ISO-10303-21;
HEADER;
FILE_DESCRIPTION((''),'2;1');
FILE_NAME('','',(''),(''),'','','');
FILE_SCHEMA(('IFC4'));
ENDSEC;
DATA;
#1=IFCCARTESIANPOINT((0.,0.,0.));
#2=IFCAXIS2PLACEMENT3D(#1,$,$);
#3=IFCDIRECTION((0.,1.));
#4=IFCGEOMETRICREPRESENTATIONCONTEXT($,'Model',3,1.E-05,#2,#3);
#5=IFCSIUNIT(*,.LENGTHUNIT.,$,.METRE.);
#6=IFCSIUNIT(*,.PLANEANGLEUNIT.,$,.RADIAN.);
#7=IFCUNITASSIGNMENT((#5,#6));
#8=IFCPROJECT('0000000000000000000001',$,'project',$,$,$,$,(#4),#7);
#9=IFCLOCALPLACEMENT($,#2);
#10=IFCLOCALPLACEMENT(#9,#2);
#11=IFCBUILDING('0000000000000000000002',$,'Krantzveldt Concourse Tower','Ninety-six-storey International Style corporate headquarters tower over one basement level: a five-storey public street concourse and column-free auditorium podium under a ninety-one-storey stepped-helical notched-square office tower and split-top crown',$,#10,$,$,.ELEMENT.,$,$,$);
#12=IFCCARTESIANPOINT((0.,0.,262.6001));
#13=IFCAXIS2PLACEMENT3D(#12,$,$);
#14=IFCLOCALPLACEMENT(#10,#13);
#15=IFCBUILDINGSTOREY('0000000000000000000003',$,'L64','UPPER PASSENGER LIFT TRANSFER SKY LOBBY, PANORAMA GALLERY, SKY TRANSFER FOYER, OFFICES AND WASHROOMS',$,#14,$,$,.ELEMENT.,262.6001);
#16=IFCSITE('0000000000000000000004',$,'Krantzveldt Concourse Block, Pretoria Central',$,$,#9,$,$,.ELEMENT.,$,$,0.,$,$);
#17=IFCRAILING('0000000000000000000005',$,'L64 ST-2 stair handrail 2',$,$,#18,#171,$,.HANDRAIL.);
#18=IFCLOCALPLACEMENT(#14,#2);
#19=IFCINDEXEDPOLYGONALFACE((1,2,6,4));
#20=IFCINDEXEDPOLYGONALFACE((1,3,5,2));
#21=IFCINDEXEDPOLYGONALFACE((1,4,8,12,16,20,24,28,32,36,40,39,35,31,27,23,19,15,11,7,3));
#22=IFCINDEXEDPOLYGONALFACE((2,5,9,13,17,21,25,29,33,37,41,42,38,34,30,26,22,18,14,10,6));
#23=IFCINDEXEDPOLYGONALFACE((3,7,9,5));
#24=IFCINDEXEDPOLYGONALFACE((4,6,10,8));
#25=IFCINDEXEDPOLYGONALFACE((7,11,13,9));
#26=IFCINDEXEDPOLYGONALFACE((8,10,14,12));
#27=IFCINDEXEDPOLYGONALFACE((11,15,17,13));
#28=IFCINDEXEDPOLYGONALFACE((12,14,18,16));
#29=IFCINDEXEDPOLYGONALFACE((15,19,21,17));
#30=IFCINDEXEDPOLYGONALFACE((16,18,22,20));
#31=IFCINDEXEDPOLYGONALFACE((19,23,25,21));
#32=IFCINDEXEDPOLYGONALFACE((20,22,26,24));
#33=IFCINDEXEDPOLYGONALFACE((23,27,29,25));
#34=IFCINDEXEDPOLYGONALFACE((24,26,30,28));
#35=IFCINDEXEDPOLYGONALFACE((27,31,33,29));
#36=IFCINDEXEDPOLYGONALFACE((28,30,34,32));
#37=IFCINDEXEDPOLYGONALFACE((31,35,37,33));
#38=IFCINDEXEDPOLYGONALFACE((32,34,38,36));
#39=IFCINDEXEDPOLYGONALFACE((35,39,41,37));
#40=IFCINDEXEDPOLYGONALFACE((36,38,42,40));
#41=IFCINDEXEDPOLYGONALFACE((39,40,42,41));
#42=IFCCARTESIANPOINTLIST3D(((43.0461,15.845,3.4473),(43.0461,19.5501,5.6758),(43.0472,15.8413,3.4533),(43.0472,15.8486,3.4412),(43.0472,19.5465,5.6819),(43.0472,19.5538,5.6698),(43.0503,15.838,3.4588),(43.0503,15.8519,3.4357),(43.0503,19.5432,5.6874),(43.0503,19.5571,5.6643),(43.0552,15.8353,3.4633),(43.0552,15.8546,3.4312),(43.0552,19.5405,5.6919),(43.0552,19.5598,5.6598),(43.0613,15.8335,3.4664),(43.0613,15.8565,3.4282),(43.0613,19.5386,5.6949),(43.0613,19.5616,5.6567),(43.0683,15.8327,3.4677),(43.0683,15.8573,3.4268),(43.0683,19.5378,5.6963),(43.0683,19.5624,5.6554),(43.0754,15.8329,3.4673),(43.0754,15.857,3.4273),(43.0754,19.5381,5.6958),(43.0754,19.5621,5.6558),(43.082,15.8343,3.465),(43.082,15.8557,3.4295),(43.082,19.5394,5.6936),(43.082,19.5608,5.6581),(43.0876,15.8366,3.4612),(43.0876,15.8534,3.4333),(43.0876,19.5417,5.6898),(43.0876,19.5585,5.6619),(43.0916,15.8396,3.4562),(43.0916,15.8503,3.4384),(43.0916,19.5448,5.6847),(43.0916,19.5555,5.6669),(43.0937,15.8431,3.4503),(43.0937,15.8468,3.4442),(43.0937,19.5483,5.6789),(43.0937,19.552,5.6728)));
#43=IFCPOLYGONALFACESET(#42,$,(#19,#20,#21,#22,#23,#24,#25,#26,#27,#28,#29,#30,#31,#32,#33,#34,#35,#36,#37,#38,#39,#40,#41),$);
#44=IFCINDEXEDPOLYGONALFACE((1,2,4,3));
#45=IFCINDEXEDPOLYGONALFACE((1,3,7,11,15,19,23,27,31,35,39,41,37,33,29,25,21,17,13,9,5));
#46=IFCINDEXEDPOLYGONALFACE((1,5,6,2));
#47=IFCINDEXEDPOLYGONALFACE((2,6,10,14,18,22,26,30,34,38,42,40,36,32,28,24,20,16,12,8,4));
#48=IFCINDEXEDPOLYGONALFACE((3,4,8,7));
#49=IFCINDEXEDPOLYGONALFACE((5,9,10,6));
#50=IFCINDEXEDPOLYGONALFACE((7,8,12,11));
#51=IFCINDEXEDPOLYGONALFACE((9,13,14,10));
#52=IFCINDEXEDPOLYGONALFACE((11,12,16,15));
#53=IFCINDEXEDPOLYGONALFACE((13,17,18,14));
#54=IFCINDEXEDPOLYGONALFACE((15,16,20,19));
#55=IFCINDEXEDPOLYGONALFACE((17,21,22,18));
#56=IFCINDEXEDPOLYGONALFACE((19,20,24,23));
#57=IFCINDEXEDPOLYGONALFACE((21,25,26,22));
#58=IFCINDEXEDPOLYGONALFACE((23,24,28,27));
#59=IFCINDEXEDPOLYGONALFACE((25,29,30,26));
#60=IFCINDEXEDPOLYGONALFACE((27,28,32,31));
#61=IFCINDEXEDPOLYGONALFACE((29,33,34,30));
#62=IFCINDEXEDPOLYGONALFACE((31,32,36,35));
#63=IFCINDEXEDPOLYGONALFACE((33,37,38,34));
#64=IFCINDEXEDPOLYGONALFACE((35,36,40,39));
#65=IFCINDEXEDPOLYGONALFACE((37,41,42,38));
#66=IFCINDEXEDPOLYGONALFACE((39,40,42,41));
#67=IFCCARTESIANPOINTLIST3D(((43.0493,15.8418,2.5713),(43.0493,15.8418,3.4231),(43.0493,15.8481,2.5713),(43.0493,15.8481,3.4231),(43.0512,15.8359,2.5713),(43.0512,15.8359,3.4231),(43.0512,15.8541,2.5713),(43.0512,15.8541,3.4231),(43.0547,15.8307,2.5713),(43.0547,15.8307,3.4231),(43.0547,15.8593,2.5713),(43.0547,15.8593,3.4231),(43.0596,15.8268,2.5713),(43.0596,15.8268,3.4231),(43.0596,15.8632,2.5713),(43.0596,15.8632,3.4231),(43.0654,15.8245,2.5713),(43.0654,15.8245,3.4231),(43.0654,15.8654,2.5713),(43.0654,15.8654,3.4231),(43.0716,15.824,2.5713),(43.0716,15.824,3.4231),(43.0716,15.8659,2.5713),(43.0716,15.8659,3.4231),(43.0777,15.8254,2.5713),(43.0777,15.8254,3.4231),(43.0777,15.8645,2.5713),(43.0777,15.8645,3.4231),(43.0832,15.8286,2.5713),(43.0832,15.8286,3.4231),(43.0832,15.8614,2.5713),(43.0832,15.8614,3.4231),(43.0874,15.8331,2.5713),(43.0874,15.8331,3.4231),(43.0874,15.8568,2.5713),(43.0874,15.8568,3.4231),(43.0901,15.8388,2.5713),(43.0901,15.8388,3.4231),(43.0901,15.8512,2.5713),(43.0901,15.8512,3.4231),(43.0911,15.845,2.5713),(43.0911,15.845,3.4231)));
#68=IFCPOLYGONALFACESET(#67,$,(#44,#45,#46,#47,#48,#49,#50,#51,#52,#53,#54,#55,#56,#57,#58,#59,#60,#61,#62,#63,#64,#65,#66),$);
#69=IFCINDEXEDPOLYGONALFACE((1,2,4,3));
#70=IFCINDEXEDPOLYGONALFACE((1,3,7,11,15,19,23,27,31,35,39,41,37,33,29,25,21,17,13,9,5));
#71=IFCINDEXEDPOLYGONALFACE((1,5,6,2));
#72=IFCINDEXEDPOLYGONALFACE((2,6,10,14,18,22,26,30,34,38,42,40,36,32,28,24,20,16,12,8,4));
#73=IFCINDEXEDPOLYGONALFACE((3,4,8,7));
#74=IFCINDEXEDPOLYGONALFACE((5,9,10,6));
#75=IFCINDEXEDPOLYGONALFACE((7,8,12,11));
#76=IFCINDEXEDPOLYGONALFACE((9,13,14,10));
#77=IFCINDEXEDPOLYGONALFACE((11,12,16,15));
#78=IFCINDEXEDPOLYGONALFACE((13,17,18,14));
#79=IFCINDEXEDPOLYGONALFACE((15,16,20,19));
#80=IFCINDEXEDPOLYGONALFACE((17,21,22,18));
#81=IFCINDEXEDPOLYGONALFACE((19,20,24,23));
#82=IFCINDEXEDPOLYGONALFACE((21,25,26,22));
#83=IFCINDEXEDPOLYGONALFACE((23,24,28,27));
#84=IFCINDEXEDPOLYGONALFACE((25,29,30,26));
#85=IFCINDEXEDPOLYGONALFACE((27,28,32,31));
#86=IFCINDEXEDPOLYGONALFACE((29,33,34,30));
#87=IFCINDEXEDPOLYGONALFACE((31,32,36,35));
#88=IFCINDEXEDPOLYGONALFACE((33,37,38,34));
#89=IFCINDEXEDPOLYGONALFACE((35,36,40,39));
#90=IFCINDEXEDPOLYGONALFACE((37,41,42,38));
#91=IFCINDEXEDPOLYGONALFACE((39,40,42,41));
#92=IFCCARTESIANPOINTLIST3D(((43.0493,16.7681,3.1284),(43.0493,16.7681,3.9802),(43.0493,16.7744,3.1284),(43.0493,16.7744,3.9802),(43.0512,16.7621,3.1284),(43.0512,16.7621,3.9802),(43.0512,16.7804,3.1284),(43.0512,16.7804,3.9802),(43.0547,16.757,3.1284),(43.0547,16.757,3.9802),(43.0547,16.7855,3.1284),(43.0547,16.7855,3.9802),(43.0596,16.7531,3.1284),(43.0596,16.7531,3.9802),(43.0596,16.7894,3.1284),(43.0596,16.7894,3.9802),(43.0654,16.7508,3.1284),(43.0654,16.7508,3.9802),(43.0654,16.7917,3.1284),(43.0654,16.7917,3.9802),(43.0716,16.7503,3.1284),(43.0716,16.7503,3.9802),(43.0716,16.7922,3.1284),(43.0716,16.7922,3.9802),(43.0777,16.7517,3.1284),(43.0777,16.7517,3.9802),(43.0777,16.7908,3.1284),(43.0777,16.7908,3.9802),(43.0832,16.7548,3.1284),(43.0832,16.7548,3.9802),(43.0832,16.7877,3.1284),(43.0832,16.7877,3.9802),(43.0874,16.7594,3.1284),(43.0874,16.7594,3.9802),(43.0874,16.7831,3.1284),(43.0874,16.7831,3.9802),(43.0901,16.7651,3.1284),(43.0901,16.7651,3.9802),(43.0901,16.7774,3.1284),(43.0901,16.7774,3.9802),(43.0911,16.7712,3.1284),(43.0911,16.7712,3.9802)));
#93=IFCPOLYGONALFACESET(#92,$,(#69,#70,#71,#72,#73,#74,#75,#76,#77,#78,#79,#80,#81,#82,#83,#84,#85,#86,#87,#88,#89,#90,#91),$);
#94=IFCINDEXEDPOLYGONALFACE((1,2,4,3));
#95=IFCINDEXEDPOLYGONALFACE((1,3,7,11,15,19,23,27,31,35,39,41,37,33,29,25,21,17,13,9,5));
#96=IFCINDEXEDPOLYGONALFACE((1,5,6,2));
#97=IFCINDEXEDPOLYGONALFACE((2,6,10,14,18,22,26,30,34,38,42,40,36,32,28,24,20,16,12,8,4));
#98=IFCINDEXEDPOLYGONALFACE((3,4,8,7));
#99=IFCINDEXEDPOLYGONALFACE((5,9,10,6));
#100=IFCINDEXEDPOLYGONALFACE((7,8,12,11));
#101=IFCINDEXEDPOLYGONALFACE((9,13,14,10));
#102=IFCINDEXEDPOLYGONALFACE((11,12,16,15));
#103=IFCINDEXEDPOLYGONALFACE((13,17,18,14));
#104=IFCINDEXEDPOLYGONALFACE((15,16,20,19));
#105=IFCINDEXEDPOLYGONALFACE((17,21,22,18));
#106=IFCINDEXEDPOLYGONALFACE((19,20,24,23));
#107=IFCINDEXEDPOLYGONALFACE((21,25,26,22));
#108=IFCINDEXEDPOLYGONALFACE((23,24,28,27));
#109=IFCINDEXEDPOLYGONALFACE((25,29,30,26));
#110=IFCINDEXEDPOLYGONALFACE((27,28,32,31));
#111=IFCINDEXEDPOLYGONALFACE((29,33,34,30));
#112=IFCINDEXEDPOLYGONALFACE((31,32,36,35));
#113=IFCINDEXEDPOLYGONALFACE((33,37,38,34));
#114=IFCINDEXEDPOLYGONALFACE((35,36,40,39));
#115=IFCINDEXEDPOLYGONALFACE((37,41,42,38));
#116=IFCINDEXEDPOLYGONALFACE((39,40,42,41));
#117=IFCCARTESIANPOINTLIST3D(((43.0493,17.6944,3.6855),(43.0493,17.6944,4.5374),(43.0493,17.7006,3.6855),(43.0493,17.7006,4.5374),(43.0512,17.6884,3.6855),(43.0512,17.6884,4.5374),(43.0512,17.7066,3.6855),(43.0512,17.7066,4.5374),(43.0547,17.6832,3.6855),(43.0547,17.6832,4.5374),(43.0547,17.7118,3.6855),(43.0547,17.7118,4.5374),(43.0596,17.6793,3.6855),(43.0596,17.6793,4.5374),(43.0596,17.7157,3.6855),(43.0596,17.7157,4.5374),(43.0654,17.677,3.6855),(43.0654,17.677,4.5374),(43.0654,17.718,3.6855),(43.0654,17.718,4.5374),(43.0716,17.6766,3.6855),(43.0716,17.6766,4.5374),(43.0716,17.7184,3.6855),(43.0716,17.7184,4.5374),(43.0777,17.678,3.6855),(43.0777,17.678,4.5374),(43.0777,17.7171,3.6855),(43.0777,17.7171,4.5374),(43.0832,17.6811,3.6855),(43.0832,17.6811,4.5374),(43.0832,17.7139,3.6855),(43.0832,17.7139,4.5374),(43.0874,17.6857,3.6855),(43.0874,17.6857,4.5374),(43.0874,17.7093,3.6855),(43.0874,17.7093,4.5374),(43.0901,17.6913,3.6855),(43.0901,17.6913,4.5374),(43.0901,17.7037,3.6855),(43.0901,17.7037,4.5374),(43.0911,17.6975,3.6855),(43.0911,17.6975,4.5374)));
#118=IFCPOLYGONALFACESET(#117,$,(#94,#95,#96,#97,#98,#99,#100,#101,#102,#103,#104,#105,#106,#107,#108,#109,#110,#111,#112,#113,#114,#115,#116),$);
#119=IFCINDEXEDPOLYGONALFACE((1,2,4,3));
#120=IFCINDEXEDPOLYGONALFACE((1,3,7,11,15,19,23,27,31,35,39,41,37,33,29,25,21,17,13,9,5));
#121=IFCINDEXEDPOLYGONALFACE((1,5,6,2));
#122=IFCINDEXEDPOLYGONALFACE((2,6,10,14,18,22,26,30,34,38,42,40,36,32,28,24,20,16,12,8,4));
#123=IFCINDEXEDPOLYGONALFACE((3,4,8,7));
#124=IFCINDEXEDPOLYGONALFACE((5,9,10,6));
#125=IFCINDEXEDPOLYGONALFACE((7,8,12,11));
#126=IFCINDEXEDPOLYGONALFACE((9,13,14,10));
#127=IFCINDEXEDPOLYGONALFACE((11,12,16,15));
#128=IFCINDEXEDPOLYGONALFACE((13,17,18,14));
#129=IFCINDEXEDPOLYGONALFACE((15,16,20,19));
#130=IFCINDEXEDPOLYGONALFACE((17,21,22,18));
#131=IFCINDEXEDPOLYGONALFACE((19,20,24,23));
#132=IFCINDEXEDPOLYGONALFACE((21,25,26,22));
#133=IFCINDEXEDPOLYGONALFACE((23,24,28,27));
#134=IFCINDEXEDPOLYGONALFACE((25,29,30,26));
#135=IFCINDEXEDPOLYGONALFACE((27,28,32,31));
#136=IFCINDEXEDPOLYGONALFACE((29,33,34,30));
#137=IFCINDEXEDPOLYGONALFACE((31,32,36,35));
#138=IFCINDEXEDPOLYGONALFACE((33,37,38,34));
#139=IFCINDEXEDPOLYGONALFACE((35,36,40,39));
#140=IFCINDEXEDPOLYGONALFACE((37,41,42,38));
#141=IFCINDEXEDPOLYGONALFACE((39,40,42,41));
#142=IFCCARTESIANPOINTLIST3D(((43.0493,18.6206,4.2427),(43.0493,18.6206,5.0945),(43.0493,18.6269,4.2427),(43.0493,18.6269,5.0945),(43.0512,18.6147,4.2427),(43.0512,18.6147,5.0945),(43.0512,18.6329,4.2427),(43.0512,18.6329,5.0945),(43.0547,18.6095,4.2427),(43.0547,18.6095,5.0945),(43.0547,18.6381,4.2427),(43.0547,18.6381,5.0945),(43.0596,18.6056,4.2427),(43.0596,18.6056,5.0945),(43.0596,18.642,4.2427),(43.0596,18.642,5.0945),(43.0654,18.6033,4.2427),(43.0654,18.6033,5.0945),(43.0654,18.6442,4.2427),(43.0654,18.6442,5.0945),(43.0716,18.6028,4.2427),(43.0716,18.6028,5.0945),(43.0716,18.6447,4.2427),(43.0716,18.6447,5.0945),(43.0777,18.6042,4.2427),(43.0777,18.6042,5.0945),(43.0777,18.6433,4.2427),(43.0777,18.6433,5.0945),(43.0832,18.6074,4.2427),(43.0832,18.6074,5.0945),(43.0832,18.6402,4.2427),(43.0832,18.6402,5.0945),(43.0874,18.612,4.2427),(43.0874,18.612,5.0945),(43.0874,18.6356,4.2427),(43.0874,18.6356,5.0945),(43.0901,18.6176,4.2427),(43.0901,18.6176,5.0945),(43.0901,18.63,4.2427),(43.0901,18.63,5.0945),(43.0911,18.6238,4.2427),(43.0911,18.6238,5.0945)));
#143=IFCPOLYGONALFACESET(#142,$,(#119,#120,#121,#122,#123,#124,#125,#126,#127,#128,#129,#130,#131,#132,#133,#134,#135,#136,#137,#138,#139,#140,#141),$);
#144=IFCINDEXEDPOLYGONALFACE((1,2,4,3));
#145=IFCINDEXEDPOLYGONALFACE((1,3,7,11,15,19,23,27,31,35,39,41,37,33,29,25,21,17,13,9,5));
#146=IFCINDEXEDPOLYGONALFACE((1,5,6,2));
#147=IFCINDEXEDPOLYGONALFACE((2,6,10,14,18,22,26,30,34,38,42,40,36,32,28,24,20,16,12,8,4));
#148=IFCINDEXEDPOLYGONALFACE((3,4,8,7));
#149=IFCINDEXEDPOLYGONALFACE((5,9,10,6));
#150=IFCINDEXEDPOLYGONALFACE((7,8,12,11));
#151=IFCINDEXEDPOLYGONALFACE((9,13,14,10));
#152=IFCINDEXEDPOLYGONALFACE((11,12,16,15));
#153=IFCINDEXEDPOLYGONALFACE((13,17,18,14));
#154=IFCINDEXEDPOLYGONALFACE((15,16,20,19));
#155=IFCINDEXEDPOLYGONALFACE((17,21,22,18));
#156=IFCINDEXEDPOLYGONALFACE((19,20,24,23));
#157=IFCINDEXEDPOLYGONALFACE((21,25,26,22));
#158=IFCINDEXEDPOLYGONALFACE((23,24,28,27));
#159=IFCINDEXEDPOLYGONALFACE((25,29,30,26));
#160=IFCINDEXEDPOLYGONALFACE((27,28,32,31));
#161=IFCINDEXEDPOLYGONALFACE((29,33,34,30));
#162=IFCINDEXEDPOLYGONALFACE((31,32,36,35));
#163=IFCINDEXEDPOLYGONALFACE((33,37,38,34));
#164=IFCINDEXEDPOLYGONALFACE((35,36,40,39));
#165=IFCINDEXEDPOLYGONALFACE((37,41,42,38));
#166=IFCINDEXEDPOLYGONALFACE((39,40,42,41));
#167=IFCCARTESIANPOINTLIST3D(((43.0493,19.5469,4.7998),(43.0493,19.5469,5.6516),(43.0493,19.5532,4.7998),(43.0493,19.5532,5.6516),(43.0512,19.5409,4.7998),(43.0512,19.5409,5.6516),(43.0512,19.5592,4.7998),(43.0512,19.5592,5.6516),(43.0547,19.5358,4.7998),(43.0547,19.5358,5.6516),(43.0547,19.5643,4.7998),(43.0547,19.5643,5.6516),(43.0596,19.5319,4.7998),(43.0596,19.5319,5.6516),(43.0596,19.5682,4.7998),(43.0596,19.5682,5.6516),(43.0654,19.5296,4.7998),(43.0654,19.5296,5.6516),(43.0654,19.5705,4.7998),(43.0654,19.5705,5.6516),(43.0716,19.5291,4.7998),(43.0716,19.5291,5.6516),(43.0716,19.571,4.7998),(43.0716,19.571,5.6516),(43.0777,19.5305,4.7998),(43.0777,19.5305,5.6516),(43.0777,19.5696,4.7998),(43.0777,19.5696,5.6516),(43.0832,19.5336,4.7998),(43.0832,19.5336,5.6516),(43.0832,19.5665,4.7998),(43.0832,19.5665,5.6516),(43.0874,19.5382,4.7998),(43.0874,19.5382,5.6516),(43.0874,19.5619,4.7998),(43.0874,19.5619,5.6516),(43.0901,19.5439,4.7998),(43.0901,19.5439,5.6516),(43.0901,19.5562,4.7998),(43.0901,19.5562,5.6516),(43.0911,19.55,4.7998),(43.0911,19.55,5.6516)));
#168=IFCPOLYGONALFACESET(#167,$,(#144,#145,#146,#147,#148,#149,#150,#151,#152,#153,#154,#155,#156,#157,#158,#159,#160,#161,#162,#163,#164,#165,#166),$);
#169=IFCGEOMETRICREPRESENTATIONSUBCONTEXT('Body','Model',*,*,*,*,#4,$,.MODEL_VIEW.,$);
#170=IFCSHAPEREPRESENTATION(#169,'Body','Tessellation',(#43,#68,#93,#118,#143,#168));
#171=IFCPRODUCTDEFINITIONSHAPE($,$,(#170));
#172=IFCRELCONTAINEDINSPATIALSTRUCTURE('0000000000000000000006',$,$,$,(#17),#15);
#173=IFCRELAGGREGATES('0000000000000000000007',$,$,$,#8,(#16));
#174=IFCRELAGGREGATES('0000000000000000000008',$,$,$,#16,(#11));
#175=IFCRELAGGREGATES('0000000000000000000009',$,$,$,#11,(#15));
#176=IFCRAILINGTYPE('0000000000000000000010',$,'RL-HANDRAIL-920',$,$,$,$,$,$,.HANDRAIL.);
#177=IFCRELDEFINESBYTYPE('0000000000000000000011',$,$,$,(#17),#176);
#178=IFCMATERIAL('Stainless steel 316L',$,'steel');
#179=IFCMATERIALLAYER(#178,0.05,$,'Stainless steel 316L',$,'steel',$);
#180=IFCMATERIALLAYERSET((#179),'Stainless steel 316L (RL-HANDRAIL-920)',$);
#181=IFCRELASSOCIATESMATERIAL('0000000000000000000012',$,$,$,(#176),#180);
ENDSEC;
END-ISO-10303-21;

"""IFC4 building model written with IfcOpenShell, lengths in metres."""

from ifc_helpers import new_model, si_unit, direction, frame, origin, origin_2d, place, context, subcontext, project, spatial, circle, extrude, material, layer, layer_set, type_object, element, save


model = new_model("IFC4")

# Units and contexts
model_context = context("Model", 3, precision=1e-05, world=origin(), true_north=direction((0.0, 1.0)))
body_context = subcontext(model_context, "Body", "Model", "MODEL_VIEW")
ifc_project = project(units=[si_unit("LENGTHUNIT", "METRE"), si_unit("PLANEANGLEUNIT", "RADIAN")], contexts=[model_context])

# Site, building, storey
site_placement = place(None, origin())
site = spatial("IfcSite", under=ifc_project, at=site_placement, Name="Krantzveldt Concourse Block, Pretoria Central", CompositionType="ELEMENT", RefElevation=0.0)
building_placement = place(site_placement, origin())
building = spatial("IfcBuilding", under=site, at=building_placement, Name="Krantzveldt Concourse Tower", Description="Ninety-six-storey International Style corporate headquarters tower over one basement level: a five-storey public street concourse and column-free auditorium podium under a ninety-one-storey stepped-helical notched-square office tower and split-top crown", CompositionType="ELEMENT")
storey_placement = place(building_placement, frame((0.0, 0.0, 262.6001)))
storey = spatial("IfcBuildingStorey", under=building, at=storey_placement, Name="L64", Description="UPPER PASSENGER LIFT TRANSFER SKY LOBBY, PANORAMA GALLERY, SKY TRANSFER FOYER, OFFICES AND WASHROOMS", CompositionType="ELEMENT", Elevation=262.6001)

# Railing
ifc_material_1 = material(Name="Stainless steel 316L", Category="steel")
ifc_layer_1 = layer(ifc_material_1, 0.05, Name="Stainless steel 316L", Category="steel")
ifc_layer_set_1 = layer_set([ifc_layer_1], Name="Stainless steel 316L (RL-HANDRAIL-920)")
railing_type = type_object("IfcRailingType", Name="RL-HANDRAIL-920", PredefinedType="HANDRAIL", material=ifc_layer_set_1)
railing_placement = place(storey_placement, frame((43.0701, 15.845, 2.5713)))
element("IfcRailing", 1, at=railing_placement, inside=storey, type_object=railing_type, Name="L64 ST-2 stair handrail 2", PredefinedType="HANDRAIL", context=body_context, shape_type="SweptSolid", body=[
    extrude(circle(Radius=0.0239, at=origin_2d()), frame((0.0, 0.0, 0.876), z_axis=(0.0, 0.856934, 0.515425), x_axis=(-1.0, 0.0, 0.0)), (0.0, 0.0, 1.0), 4.3237),
    extrude(circle(Radius=0.021, at=origin_2d()), origin(), (0.0, 0.0, 1.0), 0.8518),
    extrude(circle(Radius=0.021, at=origin_2d()), frame((0.0, 0.9263, 0.5571)), (0.0, 0.0, 1.0), 0.8518),
    extrude(circle(Radius=0.021, at=origin_2d()), frame((0.0, 1.8525, 1.1143)), (0.0, 0.0, 1.0), 0.8518),
    extrude(circle(Radius=0.021, at=origin_2d()), frame((0.0, 2.7788, 1.6714)), (0.0, 0.0, 1.0), 0.8518),
    extrude(circle(Radius=0.021, at=origin_2d()), frame((0.0, 3.7051, 2.2285)), (0.0, 0.0, 1.0), 0.8518),
])

save(model, "model.ifc")
